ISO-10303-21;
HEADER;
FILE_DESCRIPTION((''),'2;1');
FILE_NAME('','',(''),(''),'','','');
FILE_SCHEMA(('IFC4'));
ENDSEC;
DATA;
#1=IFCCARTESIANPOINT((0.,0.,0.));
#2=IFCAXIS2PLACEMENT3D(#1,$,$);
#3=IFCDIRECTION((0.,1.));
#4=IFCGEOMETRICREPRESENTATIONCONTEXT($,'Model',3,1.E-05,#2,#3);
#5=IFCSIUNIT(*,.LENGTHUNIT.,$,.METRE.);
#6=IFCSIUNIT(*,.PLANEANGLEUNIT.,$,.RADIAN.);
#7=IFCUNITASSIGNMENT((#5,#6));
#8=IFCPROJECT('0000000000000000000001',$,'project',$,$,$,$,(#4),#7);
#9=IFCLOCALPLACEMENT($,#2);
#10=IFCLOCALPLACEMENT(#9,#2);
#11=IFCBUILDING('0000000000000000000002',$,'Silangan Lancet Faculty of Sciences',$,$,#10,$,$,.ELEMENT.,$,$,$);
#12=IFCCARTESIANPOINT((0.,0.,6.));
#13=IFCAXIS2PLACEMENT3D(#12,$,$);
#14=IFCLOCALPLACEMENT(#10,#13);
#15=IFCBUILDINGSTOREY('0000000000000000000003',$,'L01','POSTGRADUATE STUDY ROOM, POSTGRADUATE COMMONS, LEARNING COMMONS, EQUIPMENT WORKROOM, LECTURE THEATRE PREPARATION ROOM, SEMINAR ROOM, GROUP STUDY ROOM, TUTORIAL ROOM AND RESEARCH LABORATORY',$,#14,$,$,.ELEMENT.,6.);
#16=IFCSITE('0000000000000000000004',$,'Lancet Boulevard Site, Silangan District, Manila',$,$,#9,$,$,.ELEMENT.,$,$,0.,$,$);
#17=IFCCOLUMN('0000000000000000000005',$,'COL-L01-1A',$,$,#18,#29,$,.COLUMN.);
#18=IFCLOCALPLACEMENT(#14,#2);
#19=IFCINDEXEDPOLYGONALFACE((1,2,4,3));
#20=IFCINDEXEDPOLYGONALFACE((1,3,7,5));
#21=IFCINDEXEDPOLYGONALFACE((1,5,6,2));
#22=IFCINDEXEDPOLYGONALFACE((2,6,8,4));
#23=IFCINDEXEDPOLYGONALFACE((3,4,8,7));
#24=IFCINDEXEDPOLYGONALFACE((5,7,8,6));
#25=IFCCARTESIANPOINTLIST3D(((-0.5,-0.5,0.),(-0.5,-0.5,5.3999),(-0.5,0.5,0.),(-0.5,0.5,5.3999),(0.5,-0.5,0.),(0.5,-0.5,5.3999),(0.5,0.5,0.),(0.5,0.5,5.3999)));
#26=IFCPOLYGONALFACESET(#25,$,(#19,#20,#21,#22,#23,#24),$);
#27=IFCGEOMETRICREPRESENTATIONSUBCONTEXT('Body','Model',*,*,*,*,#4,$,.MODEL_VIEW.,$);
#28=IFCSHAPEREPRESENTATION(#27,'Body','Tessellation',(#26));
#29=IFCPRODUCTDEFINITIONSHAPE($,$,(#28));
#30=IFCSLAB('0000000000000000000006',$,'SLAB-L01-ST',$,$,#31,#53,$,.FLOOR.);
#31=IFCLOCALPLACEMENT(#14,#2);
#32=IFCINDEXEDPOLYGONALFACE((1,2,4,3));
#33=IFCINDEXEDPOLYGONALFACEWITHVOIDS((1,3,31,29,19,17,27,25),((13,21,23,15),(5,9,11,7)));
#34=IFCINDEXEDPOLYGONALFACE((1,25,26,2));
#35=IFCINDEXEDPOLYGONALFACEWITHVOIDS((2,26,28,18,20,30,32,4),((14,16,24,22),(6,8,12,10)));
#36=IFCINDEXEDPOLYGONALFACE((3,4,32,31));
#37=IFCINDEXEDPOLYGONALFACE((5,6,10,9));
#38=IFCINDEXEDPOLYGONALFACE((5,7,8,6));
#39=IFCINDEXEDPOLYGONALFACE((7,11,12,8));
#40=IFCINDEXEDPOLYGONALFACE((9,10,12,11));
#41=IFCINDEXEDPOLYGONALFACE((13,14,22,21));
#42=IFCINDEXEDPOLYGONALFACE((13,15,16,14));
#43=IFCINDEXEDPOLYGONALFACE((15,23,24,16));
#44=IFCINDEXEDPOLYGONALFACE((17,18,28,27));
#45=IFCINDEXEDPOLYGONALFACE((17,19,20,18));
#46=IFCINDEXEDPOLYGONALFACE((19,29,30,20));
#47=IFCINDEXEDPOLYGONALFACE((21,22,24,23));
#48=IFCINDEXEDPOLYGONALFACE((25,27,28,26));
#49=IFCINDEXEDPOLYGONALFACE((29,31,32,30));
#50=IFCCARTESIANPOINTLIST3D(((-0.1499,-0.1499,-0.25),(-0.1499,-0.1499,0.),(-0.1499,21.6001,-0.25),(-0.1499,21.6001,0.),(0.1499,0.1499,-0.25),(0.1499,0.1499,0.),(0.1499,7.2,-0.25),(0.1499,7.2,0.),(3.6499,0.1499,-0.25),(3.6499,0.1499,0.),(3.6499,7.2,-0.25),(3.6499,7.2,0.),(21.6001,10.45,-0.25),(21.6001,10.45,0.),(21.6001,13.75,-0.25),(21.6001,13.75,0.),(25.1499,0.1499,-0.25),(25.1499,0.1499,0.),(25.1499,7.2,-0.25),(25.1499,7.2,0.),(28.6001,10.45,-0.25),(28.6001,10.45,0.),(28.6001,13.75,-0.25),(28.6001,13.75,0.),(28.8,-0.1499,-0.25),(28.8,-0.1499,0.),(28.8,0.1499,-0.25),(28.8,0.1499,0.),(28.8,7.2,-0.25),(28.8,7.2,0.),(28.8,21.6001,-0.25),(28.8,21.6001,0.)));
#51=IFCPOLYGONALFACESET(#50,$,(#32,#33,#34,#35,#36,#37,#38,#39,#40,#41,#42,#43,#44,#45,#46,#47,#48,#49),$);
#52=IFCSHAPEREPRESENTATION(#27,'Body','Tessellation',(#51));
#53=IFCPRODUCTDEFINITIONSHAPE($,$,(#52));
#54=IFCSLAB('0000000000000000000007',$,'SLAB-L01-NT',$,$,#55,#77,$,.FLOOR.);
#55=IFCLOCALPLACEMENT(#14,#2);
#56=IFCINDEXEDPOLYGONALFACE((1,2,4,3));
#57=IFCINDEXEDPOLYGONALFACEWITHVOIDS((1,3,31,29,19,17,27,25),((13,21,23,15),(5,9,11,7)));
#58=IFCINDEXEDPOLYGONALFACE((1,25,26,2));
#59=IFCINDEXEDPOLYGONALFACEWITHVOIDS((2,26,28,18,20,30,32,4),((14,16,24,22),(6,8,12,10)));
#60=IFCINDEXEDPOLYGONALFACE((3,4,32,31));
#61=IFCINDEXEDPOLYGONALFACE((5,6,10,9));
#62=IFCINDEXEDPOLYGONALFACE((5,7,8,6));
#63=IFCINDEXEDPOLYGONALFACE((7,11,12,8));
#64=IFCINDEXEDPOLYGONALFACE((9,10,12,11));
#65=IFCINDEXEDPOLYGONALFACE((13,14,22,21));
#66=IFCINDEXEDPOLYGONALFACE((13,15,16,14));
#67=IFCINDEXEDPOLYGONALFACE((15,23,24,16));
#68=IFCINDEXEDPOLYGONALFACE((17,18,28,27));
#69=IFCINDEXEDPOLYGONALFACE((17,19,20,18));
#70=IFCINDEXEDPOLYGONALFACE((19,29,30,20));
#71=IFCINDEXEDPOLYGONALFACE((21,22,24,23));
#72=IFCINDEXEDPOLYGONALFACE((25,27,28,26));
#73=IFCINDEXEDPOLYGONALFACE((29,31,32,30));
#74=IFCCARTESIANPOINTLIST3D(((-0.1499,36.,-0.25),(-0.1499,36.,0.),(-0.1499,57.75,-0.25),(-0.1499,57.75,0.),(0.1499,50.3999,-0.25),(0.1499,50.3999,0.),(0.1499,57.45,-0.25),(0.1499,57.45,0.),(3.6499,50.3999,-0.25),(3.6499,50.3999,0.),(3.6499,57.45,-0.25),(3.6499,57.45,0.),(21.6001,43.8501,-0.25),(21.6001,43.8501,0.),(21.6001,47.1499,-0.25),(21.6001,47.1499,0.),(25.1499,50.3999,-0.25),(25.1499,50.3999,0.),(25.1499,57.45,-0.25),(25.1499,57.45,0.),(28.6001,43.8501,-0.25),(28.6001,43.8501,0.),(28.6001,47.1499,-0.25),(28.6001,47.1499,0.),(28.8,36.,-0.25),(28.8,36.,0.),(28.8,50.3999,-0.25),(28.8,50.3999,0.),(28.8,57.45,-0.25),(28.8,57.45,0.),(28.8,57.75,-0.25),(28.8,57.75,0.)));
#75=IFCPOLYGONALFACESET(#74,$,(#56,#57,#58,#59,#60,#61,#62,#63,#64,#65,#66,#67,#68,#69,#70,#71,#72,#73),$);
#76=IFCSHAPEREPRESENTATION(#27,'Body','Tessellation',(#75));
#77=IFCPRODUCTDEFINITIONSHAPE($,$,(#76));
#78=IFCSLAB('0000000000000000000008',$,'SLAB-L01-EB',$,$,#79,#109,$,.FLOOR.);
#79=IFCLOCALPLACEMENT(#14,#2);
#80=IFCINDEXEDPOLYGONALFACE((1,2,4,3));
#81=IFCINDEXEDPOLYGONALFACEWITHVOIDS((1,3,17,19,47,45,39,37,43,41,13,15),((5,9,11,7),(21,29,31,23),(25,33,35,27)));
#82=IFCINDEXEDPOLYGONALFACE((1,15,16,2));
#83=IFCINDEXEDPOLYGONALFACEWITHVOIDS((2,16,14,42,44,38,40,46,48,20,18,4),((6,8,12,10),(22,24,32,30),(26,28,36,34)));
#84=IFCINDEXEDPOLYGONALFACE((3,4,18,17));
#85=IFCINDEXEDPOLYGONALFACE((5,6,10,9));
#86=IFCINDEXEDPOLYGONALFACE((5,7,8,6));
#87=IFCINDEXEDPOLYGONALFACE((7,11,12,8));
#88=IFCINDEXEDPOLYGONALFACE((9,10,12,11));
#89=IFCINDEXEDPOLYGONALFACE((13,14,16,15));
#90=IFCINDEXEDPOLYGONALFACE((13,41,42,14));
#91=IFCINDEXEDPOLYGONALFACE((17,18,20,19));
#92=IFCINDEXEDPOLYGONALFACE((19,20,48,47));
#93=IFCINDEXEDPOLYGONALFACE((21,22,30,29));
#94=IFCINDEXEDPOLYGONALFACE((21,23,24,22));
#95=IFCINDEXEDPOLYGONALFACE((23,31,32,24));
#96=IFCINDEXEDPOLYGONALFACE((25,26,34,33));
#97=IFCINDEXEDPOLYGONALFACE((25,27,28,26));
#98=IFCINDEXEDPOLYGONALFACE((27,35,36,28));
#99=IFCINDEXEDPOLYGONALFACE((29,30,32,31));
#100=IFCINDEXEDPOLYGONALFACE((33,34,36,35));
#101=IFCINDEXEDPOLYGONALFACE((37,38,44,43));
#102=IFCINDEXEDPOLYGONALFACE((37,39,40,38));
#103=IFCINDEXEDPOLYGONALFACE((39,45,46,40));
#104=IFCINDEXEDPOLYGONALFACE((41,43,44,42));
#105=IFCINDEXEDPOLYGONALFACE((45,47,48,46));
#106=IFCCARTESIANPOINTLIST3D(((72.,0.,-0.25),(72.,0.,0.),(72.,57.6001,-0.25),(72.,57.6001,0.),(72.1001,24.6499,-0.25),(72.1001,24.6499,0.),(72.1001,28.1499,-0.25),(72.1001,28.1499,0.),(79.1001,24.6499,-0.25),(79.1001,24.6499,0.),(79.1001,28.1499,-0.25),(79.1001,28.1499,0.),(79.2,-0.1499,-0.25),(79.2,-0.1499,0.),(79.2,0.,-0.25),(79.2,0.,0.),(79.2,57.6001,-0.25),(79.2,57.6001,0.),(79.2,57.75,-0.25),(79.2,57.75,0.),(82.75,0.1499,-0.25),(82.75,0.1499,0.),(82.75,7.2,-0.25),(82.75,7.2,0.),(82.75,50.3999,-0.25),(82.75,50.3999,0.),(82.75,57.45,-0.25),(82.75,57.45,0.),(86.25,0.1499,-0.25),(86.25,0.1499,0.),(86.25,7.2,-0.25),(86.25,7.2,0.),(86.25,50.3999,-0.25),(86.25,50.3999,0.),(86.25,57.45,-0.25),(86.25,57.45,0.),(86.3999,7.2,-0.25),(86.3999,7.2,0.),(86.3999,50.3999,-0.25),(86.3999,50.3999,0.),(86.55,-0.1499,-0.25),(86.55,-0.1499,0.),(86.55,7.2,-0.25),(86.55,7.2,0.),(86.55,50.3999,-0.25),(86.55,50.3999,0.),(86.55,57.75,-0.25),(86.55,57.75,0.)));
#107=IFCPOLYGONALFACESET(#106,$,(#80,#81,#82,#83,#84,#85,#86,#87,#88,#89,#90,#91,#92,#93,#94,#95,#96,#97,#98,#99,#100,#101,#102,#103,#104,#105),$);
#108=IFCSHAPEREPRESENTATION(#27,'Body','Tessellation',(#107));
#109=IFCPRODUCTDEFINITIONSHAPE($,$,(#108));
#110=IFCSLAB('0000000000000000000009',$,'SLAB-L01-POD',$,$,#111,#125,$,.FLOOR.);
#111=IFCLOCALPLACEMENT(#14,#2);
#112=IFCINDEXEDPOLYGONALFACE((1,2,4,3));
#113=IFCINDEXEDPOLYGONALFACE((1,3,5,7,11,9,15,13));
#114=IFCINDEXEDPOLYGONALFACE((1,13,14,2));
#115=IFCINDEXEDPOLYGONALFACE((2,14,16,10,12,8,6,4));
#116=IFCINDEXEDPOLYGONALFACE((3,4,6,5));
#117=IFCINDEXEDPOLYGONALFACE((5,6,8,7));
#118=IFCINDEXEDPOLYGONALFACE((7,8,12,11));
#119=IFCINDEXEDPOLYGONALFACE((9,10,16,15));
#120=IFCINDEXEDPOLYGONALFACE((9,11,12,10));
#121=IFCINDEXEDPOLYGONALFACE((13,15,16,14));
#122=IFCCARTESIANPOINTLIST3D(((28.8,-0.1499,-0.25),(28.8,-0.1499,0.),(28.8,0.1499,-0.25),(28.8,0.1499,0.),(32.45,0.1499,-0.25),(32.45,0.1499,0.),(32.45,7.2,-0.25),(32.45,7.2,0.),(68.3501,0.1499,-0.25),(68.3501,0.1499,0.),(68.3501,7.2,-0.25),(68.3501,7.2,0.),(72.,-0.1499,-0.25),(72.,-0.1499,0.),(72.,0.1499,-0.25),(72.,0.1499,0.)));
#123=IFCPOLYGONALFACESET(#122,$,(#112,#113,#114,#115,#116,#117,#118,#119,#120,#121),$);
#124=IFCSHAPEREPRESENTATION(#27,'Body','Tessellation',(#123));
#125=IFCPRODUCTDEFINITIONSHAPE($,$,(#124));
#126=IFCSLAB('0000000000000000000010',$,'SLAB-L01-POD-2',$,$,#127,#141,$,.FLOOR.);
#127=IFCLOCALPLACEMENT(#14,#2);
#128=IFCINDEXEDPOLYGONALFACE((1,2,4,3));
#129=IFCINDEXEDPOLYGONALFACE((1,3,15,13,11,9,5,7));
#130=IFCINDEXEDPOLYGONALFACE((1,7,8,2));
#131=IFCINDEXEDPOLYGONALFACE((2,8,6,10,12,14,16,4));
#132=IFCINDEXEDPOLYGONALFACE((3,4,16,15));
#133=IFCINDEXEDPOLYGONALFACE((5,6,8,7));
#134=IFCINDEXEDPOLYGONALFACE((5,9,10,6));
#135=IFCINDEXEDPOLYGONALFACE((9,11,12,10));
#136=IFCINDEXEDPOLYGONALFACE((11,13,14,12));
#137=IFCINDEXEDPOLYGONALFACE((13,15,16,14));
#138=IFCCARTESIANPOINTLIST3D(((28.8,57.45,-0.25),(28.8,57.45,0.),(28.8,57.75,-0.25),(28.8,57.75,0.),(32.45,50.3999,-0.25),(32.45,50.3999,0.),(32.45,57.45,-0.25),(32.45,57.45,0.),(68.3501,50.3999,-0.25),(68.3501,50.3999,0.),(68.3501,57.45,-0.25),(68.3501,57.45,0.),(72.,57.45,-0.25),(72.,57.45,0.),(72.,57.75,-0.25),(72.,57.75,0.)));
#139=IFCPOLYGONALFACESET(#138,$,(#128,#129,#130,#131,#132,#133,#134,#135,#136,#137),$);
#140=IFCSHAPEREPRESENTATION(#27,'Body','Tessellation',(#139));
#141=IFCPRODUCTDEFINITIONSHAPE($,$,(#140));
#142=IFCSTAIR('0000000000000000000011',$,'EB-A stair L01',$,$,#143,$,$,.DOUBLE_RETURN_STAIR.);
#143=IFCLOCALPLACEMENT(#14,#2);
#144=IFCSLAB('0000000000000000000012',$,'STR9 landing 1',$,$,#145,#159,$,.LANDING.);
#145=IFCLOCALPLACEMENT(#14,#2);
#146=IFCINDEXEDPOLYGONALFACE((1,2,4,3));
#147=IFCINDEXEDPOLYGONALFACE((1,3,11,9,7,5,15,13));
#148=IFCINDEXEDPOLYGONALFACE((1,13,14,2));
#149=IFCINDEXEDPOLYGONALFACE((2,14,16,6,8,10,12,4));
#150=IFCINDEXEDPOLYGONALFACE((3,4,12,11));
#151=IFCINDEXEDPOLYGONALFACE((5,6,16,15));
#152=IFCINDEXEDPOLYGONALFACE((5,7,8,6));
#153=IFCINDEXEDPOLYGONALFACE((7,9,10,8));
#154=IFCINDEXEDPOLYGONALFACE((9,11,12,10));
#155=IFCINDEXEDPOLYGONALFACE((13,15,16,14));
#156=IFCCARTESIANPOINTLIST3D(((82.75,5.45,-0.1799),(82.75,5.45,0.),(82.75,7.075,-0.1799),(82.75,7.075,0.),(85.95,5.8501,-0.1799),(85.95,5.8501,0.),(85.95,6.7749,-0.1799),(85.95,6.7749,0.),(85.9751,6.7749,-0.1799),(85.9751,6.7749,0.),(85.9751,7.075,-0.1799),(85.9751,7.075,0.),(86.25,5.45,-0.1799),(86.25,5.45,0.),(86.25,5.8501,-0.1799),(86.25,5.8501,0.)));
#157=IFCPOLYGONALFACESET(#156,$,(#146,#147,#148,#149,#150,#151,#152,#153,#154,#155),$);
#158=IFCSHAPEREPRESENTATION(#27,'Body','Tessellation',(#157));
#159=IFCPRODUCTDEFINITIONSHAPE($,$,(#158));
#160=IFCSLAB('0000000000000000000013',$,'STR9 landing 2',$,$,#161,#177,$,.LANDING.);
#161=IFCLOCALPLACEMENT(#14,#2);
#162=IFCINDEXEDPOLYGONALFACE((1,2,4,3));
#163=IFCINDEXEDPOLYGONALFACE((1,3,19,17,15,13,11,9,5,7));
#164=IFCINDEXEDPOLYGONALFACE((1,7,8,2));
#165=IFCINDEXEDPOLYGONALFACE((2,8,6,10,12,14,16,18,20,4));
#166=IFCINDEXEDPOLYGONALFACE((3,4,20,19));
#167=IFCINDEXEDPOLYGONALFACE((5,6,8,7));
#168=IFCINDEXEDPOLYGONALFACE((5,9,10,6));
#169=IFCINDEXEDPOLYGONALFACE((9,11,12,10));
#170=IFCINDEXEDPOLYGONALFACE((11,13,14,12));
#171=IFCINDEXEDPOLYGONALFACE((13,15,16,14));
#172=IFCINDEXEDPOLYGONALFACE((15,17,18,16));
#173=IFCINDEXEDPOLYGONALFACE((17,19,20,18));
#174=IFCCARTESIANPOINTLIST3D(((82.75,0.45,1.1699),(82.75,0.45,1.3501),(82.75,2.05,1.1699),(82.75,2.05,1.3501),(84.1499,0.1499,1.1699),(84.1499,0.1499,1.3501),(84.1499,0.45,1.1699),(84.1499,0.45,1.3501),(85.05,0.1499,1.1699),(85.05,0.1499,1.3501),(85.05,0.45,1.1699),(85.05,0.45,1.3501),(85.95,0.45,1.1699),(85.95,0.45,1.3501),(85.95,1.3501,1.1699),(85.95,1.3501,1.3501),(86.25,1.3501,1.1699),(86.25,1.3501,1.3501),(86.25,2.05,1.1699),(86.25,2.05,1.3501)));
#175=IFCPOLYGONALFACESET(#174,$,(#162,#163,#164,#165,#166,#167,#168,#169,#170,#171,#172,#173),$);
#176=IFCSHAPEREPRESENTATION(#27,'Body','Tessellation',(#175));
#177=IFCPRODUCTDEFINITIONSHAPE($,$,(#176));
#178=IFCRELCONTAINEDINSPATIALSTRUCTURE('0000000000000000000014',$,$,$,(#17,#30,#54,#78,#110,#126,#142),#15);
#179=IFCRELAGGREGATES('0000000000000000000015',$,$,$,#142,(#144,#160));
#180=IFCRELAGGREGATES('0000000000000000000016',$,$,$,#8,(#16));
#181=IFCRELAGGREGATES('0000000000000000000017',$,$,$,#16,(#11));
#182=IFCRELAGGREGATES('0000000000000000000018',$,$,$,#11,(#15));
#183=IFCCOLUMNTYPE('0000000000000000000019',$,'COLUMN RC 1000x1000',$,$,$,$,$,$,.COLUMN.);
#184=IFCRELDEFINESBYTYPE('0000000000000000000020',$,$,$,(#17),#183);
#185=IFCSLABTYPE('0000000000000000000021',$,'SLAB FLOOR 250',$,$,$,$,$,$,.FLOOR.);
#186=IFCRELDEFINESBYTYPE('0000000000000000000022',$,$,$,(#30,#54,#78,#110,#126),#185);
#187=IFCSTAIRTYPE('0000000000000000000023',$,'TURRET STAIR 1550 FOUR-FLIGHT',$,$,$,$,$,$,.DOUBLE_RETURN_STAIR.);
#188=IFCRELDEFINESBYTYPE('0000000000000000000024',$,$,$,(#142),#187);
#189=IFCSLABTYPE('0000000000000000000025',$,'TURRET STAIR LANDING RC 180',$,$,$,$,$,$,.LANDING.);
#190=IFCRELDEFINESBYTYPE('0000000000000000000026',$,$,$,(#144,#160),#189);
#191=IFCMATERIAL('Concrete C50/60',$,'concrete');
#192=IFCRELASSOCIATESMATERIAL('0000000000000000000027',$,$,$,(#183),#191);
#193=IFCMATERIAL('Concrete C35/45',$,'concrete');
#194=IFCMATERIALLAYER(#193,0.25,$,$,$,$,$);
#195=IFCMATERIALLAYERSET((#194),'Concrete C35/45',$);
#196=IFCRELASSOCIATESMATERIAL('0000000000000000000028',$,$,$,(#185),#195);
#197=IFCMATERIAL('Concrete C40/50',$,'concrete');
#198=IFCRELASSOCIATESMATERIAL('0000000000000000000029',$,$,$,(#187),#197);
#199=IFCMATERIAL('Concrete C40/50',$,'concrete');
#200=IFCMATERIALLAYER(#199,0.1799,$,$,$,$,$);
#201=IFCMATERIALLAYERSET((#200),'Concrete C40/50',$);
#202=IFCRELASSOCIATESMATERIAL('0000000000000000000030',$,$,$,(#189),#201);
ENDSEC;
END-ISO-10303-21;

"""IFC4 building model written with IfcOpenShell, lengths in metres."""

from ifc_helpers import new_model, si_unit, direction, frame, origin, origin_with_axes, origin_2d, place, context, subcontext, project, spatial, polyline, rectangle, outline, extrude, material, layer, layer_set, material_profile, profile_set, type_object, element, aggregate, save


model = new_model("IFC4")

# Units and contexts
model_context = context("Model", 3, precision=1e-05, world=origin(), true_north=direction((0.0, 1.0)))
body_context = subcontext(model_context, "Body", "Model", "MODEL_VIEW")
ifc_project = project(units=[si_unit("LENGTHUNIT", "METRE"), si_unit("PLANEANGLEUNIT", "RADIAN")], contexts=[model_context])

# Site, building, storey
site_placement = place(None, origin())
site = spatial("IfcSite", under=ifc_project, at=site_placement, Name="Lancet Boulevard Site, Silangan District, Manila", CompositionType="ELEMENT", RefElevation=0.0)
building_placement = place(site_placement, origin())
building = spatial("IfcBuilding", under=site, at=building_placement, Name="Silangan Lancet Faculty of Sciences", CompositionType="ELEMENT")
storey_placement = place(building_placement, frame((0.0, 0.0, 6.0)))
storey = spatial("IfcBuildingStorey", under=building, at=storey_placement, Name="L01", Description="POSTGRADUATE STUDY ROOM, POSTGRADUATE COMMONS, LEARNING COMMONS, EQUIPMENT WORKROOM, LECTURE THEATRE PREPARATION ROOM, SEMINAR ROOM, GROUP STUDY ROOM, TUTORIAL ROOM AND RESEARCH LABORATORY", CompositionType="ELEMENT", Elevation=6.0)

# Column
ifc_material_1 = material(Name="Concrete C50/60", Category="concrete")
ifc_material_profile = material_profile(ifc_material_1, rectangle(XDim=1.0, YDim=1.0, at=origin_2d()), Name="RC 1000x1000")
ifc_profile_set = profile_set([ifc_material_profile], Name="Concrete C50/60")
column_type = type_object("IfcColumnType", Name="COLUMN RC 1000x1000", PredefinedType="COLUMN", material=ifc_profile_set)
column_placement = place(storey_placement, origin_with_axes())
element("IfcColumn", 1, at=column_placement, inside=storey, type_object=column_type, Name="COL-L01-1A", PredefinedType="COLUMN", context=body_context, shape_type="SweptSolid", body=[
    extrude(rectangle(XDim=1.0, YDim=1.0, at=origin_2d()), origin(), (0.0, 0.0, 1.0), 5.3999),
])

# Slabs
ifc_material_2 = material(Name="Concrete C35/45", Category="concrete")
ifc_layer_1 = layer(ifc_material_2, 0.25)
ifc_layer_set_1 = layer_set([ifc_layer_1], Name="Concrete C35/45")
slab_type_1 = type_object("IfcSlabType", Name="SLAB FLOOR 250", PredefinedType="FLOOR", material=ifc_layer_set_1)
slab_1_placement = place(storey_placement, frame((0.0, 0.0, -0.25)))
element("IfcSlab", 2, at=slab_1_placement, inside=storey, type_object=slab_type_1, Name="SLAB-L01-ST", PredefinedType="FLOOR", context=body_context, shape_type="SweptSolid", body=[
    extrude(outline(polyline([(28.8, -0.1499), (28.8, 0.1499), (25.1499, 0.1499), (25.1499, 7.2), (28.8, 7.2), (28.8, 21.6001), (-0.1499, 21.6001), (-0.1499, -0.1499), (28.8, -0.1499)]), holes=[polyline([(3.6499, 7.2), (3.6499, 0.1499), (0.1499, 0.1499), (0.1499, 7.2), (3.6499, 7.2)]), polyline([(28.6001, 13.75), (28.6001, 10.45), (21.6001, 10.45), (21.6001, 13.75), (28.6001, 13.75)])]), origin(), (0.0, 0.0, 1.0), 0.25),
])
slab_2_placement = place(storey_placement, frame((0.0, 0.0, -0.25)))
element("IfcSlab", 3, at=slab_2_placement, inside=storey, type_object=slab_type_1, Name="SLAB-L01-NT", PredefinedType="FLOOR", context=body_context, shape_type="SweptSolid", body=[
    extrude(outline(polyline([(28.8, 57.45), (28.8, 57.75), (28.8, 57.75), (-0.1499, 57.75), (-0.1499, 36.0), (28.8, 36.0), (28.8, 50.3999), (25.1499, 50.3999), (25.1499, 57.45), (28.8, 57.45)]), holes=[polyline([(28.6001, 47.1499), (28.6001, 43.8501), (21.6001, 43.8501), (21.6001, 47.1499), (28.6001, 47.1499)]), polyline([(3.6499, 50.3999), (0.1499, 50.3999), (0.1499, 57.45), (3.6499, 57.45), (3.6499, 50.3999)])]), origin(), (0.0, 0.0, 1.0), 0.25),
])
slab_3_placement = place(storey_placement, frame((0.0, 0.0, -0.25)))
element("IfcSlab", 4, at=slab_3_placement, inside=storey, type_object=slab_type_1, Name="SLAB-L01-EB", PredefinedType="FLOOR", context=body_context, shape_type="SweptSolid", body=[
    extrude(outline(polyline([(79.2, 0.0), (79.2, -0.1499), (86.55, -0.1499), (86.55, 7.2), (86.3999, 7.2), (86.3999, 50.3999), (86.55, 50.3999), (86.55, 57.75), (79.2, 57.75), (79.2, 57.6001), (72.0, 57.6001), (72.0, 0.0), (79.2, 0.0)]), holes=[polyline([(82.75, 7.2), (86.25, 7.2), (86.25, 0.1499), (82.75, 0.1499), (82.75, 7.2)]), polyline([(79.1001, 28.1499), (79.1001, 24.6499), (72.1001, 24.6499), (72.1001, 28.1499), (79.1001, 28.1499)]), polyline([(86.25, 50.3999), (82.75, 50.3999), (82.75, 57.45), (86.25, 57.45), (86.25, 50.3999)])]), origin(), (0.0, 0.0, 1.0), 0.25),
])
slab_4_placement = place(storey_placement, frame((0.0, 0.0, -0.25)))
element("IfcSlab", 5, at=slab_4_placement, inside=storey, type_object=slab_type_1, Name="SLAB-L01-POD", PredefinedType="FLOOR", context=body_context, shape_type="SweptSolid", body=[
    extrude(outline(polyline([(72.0, -0.1499), (72.0, 0.1499), (68.3501, 0.1499), (68.3501, 7.2), (32.45, 7.2), (32.45, 0.1499), (28.8, 0.1499), (28.8, -0.1499), (72.0, -0.1499)])), origin(), (0.0, 0.0, 1.0), 0.25),
])
slab_5_placement = place(storey_placement, frame((0.0, 0.0, -0.25)))
element("IfcSlab", 6, at=slab_5_placement, inside=storey, type_object=slab_type_1, Name="SLAB-L01-POD-2", PredefinedType="FLOOR", context=body_context, shape_type="SweptSolid", body=[
    extrude(outline(polyline([(68.3501, 57.45), (72.0, 57.45), (72.0, 57.75), (28.8, 57.75), (28.8, 57.45), (32.45, 57.45), (32.45, 50.3999), (68.3501, 50.3999), (68.3501, 57.45)])), origin(), (0.0, 0.0, 1.0), 0.25),
])

# Stair, slabs
ifc_material_3 = material(Name="Concrete C40/50", Category="concrete")
stair_type = type_object("IfcStairType", Name="TURRET STAIR 1550 FOUR-FLIGHT", PredefinedType="DOUBLE_RETURN_STAIR", material=ifc_material_3)
stair_1_placement = place(storey_placement, origin())
stair_1 = element("IfcStair", 7, at=stair_1_placement, inside=storey, type_object=stair_type, Name="EB-A stair L01", PredefinedType="DOUBLE_RETURN_STAIR")
ifc_material_4 = material(Name="Concrete C40/50", Category="concrete")
ifc_layer_2 = layer(ifc_material_4, 0.1799)
ifc_layer_set_2 = layer_set([ifc_layer_2], Name="Concrete C40/50")
slab_type_2 = type_object("IfcSlabType", Name="TURRET STAIR LANDING RC 180", PredefinedType="LANDING", material=ifc_layer_set_2)
slab_6_placement = place(storey_placement, frame((0.0, 0.0, -0.1799)))
slab_6 = element("IfcSlab", 8, at=slab_6_placement, type_object=slab_type_2, Name="STR9 landing 1", PredefinedType="LANDING", context=body_context, shape_type="SweptSolid", body=[
    extrude(outline(polyline([(85.95, 6.7749), (85.95, 5.8501), (86.25, 5.8501), (86.25, 5.45), (82.75, 5.45), (82.75, 7.075), (85.9751, 7.075), (85.9751, 6.7749), (85.95, 6.7749)])), origin(), (0.0, 0.0, 1.0), 0.1799),
])
slab_7_placement = place(storey_placement, frame((0.0, 0.0, 1.1699)))
slab_7 = element("IfcSlab", 9, at=slab_7_placement, type_object=slab_type_2, Name="STR9 landing 2", PredefinedType="LANDING", context=body_context, shape_type="SweptSolid", body=[
    extrude(outline(polyline([(84.1499, 0.1499), (84.1499, 0.45), (82.75, 0.45), (82.75, 2.05), (86.25, 2.05), (86.25, 1.3501), (85.95, 1.3501), (85.95, 0.45), (85.05, 0.45), (85.05, 0.1499), (84.1499, 0.1499)])), origin(), (0.0, 0.0, 1.0), 0.1802),
])
aggregate(stair_1, [slab_6, slab_7])

save(model, "model.ifc")
